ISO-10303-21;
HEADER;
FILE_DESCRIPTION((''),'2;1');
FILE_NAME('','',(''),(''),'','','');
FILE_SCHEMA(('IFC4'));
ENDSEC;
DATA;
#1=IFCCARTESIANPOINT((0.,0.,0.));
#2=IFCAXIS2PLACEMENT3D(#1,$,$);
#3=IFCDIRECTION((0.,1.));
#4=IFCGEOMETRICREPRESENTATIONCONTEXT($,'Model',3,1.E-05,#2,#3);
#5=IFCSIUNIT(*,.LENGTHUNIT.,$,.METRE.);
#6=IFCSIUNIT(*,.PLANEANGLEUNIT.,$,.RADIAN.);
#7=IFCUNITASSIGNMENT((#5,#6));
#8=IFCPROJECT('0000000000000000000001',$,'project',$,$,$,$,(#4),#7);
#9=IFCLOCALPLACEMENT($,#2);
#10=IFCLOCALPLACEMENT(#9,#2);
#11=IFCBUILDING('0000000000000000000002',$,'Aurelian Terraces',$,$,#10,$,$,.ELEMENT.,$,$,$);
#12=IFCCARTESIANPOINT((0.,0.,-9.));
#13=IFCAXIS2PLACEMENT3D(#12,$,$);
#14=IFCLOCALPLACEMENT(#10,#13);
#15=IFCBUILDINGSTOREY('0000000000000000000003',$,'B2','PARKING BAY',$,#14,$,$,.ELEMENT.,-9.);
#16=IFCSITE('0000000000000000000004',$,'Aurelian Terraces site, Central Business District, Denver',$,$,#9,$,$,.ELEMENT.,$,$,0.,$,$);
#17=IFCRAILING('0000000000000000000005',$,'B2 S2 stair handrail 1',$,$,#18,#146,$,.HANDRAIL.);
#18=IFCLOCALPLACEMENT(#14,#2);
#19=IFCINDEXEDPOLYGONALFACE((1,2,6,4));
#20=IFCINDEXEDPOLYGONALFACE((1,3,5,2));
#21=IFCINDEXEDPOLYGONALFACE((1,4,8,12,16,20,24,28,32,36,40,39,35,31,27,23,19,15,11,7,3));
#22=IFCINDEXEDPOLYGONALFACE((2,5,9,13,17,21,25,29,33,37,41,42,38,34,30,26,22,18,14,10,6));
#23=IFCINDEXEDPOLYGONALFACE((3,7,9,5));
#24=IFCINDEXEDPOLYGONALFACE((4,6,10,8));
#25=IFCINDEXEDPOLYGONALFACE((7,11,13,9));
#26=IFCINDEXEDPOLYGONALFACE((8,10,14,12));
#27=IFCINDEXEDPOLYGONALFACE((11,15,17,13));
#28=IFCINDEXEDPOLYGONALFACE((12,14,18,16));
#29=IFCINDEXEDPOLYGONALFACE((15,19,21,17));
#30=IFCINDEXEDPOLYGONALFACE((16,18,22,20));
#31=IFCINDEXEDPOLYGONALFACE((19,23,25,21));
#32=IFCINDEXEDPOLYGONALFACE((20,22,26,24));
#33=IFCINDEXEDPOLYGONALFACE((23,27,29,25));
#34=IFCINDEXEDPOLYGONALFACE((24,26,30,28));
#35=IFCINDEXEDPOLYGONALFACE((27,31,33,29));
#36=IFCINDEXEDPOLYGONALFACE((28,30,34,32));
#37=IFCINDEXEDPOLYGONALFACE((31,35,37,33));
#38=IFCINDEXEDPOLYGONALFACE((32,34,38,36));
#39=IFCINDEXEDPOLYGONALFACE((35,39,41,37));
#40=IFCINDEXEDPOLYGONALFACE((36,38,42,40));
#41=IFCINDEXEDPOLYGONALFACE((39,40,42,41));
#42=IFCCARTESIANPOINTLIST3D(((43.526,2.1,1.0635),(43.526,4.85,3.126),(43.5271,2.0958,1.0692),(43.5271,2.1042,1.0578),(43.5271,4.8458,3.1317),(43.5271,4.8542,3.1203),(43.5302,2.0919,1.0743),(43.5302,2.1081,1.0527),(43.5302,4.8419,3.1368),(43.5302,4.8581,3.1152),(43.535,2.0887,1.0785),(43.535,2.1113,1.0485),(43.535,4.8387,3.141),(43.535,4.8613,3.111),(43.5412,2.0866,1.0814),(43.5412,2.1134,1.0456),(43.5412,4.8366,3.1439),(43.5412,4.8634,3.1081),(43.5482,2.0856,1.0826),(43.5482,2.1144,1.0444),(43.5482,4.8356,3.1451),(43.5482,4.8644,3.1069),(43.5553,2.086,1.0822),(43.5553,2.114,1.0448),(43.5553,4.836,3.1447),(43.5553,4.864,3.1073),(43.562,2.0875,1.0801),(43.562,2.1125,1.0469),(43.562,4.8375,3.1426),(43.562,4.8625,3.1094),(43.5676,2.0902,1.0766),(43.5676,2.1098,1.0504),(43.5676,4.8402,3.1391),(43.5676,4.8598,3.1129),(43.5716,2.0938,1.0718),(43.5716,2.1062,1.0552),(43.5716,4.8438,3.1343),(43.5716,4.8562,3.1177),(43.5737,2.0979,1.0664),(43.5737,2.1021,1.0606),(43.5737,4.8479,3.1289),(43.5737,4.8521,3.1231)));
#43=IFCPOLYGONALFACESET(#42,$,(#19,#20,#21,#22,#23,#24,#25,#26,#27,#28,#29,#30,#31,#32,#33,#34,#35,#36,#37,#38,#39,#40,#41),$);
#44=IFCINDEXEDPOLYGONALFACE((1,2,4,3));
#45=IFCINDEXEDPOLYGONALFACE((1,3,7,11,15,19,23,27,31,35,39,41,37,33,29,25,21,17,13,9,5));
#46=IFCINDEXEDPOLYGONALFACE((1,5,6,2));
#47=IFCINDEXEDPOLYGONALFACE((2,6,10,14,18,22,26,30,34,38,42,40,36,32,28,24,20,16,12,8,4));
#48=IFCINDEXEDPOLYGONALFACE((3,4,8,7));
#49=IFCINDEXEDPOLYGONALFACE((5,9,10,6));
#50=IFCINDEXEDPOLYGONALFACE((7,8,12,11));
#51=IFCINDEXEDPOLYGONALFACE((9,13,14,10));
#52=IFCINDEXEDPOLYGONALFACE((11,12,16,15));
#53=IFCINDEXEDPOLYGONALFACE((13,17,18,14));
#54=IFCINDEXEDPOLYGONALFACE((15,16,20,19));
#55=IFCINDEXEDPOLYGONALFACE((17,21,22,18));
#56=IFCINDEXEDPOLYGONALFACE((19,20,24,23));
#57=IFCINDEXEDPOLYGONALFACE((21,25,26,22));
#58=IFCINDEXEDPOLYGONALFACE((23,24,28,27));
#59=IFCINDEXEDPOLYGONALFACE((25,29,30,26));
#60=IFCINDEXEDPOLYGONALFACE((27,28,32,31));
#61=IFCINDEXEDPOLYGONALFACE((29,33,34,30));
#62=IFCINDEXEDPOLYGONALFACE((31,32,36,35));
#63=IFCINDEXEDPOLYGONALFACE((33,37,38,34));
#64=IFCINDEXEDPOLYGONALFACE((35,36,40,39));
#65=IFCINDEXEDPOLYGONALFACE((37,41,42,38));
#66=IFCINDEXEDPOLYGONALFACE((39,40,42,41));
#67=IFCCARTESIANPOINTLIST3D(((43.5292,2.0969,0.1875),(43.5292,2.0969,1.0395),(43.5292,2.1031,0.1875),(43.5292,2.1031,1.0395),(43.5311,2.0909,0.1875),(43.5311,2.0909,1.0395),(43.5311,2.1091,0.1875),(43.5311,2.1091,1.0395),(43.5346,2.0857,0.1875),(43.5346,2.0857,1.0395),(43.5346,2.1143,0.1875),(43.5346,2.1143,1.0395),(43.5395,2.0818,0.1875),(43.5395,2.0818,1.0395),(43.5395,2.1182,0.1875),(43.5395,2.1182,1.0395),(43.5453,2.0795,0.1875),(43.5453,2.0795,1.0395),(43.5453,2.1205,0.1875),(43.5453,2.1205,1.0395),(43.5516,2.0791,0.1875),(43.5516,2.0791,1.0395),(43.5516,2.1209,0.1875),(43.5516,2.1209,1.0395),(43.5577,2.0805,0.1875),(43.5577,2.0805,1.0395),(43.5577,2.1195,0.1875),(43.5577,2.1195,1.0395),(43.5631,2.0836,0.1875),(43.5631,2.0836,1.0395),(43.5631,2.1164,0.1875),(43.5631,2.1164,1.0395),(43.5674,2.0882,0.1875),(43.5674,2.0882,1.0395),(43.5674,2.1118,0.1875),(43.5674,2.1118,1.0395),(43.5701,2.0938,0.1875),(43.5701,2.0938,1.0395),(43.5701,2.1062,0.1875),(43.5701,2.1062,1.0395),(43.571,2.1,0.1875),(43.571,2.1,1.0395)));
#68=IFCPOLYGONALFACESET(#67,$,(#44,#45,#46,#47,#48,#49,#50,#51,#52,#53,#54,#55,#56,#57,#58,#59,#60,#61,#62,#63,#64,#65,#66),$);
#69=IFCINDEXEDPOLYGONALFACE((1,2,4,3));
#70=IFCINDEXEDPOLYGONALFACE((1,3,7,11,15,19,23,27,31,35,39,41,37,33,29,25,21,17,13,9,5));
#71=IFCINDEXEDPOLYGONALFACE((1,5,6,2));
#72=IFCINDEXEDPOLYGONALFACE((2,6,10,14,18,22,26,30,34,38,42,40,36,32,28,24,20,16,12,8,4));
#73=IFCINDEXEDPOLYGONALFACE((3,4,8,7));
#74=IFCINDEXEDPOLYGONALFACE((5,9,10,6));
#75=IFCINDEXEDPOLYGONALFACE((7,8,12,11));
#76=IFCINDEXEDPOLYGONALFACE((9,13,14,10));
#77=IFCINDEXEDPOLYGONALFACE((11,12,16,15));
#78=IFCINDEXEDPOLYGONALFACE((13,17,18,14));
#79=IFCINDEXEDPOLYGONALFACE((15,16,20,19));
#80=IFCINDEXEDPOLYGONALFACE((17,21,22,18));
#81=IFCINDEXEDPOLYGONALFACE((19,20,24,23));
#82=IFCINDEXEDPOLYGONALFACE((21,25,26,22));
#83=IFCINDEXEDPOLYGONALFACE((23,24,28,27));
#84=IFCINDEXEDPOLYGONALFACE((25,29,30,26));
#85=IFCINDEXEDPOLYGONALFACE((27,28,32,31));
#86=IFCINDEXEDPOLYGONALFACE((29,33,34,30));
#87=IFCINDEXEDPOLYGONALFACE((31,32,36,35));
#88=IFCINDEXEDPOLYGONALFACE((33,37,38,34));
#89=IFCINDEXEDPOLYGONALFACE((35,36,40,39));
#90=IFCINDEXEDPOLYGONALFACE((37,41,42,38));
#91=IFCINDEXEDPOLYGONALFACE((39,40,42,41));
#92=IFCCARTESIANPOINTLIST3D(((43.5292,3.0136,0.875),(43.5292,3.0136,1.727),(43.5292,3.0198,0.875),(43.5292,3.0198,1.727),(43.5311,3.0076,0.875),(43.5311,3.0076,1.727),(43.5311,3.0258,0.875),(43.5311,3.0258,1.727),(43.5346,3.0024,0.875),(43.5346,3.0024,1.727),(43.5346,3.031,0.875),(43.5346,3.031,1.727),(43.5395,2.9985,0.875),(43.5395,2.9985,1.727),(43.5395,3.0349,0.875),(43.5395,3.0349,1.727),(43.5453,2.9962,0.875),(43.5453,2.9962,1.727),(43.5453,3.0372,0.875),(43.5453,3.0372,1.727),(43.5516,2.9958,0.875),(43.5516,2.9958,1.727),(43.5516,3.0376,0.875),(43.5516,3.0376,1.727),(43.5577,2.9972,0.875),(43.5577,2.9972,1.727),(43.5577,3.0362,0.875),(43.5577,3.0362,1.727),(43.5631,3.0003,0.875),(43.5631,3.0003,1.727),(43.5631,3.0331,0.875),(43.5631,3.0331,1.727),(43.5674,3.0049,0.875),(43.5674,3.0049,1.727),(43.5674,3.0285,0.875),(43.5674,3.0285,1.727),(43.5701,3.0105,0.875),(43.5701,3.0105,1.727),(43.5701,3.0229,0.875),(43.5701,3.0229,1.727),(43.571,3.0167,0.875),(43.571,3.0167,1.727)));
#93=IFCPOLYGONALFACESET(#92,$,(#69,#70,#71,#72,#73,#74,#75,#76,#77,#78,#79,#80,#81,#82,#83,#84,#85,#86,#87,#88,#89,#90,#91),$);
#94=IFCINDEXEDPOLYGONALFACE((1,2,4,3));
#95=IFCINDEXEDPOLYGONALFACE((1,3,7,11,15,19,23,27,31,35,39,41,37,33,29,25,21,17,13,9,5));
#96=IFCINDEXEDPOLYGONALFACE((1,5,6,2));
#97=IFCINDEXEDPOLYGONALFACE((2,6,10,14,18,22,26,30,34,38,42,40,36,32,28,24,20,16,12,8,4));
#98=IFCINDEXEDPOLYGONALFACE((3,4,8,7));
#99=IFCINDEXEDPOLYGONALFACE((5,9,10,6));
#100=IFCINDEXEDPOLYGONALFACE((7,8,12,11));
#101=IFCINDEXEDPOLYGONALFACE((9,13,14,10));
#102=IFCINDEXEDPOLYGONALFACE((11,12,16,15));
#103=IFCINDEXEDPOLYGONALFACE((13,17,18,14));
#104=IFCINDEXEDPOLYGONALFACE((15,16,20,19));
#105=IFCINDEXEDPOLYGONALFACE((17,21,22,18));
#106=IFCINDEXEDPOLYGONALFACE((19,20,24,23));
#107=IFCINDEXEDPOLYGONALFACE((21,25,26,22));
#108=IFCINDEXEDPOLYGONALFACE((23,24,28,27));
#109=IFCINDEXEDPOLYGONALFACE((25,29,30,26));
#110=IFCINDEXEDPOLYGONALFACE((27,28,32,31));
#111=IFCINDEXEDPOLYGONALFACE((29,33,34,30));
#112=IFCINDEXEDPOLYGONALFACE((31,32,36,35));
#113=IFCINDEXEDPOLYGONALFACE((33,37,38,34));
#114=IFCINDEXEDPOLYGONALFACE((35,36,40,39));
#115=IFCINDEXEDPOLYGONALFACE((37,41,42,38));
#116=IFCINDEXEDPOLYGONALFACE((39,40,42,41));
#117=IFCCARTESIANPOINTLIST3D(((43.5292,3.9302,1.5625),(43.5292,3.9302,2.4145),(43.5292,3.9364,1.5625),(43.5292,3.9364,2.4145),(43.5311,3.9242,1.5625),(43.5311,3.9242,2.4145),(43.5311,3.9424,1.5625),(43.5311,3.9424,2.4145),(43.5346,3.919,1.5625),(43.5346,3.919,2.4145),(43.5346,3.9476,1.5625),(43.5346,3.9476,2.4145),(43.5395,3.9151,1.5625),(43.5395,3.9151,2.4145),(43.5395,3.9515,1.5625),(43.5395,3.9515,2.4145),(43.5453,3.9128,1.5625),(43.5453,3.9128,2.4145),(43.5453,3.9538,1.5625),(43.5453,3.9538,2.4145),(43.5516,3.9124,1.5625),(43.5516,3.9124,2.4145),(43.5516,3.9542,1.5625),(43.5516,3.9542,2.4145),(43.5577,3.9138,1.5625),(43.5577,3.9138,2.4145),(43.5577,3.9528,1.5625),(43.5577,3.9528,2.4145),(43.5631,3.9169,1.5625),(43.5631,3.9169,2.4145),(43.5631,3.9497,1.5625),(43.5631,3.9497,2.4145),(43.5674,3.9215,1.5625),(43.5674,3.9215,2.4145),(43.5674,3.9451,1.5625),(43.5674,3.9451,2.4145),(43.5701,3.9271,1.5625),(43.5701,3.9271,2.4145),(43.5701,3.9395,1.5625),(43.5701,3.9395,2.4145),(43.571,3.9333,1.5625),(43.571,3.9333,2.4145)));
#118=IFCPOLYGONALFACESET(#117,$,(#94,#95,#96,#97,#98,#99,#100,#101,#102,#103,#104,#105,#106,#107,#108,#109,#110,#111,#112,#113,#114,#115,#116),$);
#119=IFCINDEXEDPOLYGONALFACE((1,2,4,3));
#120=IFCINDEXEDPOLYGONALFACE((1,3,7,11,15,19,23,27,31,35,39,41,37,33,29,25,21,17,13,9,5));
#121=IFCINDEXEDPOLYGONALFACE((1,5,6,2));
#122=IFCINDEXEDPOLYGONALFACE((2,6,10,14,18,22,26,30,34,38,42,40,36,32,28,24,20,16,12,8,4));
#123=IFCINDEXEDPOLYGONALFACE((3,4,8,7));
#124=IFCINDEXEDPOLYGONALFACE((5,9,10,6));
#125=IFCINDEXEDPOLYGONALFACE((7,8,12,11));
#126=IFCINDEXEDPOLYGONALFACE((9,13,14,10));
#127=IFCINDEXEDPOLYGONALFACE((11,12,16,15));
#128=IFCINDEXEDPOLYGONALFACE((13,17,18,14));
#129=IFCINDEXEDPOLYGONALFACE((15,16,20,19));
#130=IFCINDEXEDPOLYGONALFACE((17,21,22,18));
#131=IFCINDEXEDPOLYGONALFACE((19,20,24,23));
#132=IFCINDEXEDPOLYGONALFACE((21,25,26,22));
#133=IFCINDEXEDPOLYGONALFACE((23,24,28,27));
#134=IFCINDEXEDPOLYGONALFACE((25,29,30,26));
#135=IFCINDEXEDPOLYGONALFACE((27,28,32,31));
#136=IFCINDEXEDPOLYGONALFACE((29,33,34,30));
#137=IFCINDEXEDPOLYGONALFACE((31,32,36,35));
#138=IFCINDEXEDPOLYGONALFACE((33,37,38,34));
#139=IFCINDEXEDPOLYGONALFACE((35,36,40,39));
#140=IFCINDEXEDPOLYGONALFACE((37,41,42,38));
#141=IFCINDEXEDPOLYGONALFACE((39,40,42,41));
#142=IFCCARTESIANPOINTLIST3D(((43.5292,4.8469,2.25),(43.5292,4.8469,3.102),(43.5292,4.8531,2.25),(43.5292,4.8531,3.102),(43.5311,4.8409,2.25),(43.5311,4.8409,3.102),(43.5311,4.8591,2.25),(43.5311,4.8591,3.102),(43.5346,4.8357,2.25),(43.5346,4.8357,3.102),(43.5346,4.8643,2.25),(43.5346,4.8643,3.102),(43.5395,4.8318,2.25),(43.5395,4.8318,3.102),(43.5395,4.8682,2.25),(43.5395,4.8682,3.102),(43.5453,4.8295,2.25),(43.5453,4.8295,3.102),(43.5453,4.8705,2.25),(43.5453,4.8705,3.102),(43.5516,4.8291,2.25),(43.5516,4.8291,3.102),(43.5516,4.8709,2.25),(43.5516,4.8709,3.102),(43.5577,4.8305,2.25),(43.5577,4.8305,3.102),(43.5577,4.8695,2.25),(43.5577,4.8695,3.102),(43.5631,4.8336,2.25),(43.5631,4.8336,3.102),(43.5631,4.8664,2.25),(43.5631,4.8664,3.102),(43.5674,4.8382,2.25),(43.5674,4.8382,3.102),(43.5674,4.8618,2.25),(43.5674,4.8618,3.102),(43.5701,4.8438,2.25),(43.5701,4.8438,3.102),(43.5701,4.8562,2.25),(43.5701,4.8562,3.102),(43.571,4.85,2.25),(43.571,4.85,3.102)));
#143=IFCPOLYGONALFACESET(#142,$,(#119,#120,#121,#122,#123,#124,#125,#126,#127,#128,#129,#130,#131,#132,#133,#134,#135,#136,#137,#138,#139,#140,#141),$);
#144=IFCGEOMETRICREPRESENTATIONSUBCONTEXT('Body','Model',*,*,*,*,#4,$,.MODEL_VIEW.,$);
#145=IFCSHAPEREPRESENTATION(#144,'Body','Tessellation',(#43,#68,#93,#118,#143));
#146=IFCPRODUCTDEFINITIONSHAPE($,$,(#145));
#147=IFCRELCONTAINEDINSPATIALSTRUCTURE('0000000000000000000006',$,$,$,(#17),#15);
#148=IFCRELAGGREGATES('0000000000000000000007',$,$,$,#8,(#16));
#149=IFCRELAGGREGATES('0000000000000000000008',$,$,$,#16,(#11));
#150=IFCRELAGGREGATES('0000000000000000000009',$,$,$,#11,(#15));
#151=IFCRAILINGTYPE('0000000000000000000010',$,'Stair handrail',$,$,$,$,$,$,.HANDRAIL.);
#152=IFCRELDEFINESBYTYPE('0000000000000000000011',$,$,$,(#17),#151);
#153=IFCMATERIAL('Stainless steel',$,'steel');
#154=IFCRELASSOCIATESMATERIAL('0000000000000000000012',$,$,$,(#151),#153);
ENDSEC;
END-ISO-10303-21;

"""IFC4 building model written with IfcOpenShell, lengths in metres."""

from ifc_helpers import new_model, si_unit, direction, frame, origin, origin_2d, place, context, subcontext, project, spatial, circle, extrude, source, transform, mapped, material, type_object, element, save


model = new_model("IFC4")

# Units and contexts
model_context = context("Model", 3, precision=1e-05, world=origin(), true_north=direction((0.0, 1.0)))
body_context = subcontext(model_context, "Body", "Model", "MODEL_VIEW")
ifc_project = project(units=[si_unit("LENGTHUNIT", "METRE"), si_unit("PLANEANGLEUNIT", "RADIAN")], contexts=[model_context])

# Site, building, storey
site_placement = place(None, origin())
site = spatial("IfcSite", under=ifc_project, at=site_placement, Name="Aurelian Terraces site, Central Business District, Denver", CompositionType="ELEMENT", RefElevation=0.0)
building_placement = place(site_placement, origin())
building = spatial("IfcBuilding", under=site, at=building_placement, Name="Aurelian Terraces", CompositionType="ELEMENT")
storey_placement = place(building_placement, frame((0.0, 0.0, -9.0)))
storey = spatial("IfcBuildingStorey", under=building, at=storey_placement, Name="B2", Description="PARKING BAY", CompositionType="ELEMENT", Elevation=-9.0)

# Railing
ifc_material_1 = material(Name="Stainless steel", Category="steel")
railing_type_1 = type_object("IfcRailingType", Name="Stair handrail", PredefinedType="HANDRAIL", material=ifc_material_1)
shared_shape_1 = source(origin(), body_context, "Body", "SweptSolid", [
    extrude(circle(Radius=0.024, at=origin_2d()), frame((0.0, 0.0, 0.876), z_axis=(0.0, 0.8, 0.6), x_axis=(-1.0, 0.0, 0.0)), (0.0, 0.0, 1.0), 3.4375),
    extrude(circle(Radius=0.021, at=origin_2d()), origin(), (0.0, 0.0, 1.0), 0.852),
    extrude(circle(Radius=0.021, at=origin_2d()), frame((0.0, 0.9167, 0.6875)), (0.0, 0.0, 1.0), 0.852),
    extrude(circle(Radius=0.021, at=origin_2d()), frame((0.0, 1.8333, 1.375)), (0.0, 0.0, 1.0), 0.852),
    extrude(circle(Radius=0.021, at=origin_2d()), frame((0.0, 2.75, 2.0625)), (0.0, 0.0, 1.0), 0.852),
])
railing_1_placement = place(storey_placement, frame((43.55, 2.1, 0.1875)))
element("IfcRailing", 1, at=railing_1_placement, inside=storey, type_object=railing_type_1, Name="B2 S2 stair handrail 1", PredefinedType="HANDRAIL", context=body_context, shape_type="MappedRepresentation", body=[
    mapped(shared_shape_1, transform((0.0, 0.0, 0.0), scale=1.0)),
])

save(model, "model.ifc")
